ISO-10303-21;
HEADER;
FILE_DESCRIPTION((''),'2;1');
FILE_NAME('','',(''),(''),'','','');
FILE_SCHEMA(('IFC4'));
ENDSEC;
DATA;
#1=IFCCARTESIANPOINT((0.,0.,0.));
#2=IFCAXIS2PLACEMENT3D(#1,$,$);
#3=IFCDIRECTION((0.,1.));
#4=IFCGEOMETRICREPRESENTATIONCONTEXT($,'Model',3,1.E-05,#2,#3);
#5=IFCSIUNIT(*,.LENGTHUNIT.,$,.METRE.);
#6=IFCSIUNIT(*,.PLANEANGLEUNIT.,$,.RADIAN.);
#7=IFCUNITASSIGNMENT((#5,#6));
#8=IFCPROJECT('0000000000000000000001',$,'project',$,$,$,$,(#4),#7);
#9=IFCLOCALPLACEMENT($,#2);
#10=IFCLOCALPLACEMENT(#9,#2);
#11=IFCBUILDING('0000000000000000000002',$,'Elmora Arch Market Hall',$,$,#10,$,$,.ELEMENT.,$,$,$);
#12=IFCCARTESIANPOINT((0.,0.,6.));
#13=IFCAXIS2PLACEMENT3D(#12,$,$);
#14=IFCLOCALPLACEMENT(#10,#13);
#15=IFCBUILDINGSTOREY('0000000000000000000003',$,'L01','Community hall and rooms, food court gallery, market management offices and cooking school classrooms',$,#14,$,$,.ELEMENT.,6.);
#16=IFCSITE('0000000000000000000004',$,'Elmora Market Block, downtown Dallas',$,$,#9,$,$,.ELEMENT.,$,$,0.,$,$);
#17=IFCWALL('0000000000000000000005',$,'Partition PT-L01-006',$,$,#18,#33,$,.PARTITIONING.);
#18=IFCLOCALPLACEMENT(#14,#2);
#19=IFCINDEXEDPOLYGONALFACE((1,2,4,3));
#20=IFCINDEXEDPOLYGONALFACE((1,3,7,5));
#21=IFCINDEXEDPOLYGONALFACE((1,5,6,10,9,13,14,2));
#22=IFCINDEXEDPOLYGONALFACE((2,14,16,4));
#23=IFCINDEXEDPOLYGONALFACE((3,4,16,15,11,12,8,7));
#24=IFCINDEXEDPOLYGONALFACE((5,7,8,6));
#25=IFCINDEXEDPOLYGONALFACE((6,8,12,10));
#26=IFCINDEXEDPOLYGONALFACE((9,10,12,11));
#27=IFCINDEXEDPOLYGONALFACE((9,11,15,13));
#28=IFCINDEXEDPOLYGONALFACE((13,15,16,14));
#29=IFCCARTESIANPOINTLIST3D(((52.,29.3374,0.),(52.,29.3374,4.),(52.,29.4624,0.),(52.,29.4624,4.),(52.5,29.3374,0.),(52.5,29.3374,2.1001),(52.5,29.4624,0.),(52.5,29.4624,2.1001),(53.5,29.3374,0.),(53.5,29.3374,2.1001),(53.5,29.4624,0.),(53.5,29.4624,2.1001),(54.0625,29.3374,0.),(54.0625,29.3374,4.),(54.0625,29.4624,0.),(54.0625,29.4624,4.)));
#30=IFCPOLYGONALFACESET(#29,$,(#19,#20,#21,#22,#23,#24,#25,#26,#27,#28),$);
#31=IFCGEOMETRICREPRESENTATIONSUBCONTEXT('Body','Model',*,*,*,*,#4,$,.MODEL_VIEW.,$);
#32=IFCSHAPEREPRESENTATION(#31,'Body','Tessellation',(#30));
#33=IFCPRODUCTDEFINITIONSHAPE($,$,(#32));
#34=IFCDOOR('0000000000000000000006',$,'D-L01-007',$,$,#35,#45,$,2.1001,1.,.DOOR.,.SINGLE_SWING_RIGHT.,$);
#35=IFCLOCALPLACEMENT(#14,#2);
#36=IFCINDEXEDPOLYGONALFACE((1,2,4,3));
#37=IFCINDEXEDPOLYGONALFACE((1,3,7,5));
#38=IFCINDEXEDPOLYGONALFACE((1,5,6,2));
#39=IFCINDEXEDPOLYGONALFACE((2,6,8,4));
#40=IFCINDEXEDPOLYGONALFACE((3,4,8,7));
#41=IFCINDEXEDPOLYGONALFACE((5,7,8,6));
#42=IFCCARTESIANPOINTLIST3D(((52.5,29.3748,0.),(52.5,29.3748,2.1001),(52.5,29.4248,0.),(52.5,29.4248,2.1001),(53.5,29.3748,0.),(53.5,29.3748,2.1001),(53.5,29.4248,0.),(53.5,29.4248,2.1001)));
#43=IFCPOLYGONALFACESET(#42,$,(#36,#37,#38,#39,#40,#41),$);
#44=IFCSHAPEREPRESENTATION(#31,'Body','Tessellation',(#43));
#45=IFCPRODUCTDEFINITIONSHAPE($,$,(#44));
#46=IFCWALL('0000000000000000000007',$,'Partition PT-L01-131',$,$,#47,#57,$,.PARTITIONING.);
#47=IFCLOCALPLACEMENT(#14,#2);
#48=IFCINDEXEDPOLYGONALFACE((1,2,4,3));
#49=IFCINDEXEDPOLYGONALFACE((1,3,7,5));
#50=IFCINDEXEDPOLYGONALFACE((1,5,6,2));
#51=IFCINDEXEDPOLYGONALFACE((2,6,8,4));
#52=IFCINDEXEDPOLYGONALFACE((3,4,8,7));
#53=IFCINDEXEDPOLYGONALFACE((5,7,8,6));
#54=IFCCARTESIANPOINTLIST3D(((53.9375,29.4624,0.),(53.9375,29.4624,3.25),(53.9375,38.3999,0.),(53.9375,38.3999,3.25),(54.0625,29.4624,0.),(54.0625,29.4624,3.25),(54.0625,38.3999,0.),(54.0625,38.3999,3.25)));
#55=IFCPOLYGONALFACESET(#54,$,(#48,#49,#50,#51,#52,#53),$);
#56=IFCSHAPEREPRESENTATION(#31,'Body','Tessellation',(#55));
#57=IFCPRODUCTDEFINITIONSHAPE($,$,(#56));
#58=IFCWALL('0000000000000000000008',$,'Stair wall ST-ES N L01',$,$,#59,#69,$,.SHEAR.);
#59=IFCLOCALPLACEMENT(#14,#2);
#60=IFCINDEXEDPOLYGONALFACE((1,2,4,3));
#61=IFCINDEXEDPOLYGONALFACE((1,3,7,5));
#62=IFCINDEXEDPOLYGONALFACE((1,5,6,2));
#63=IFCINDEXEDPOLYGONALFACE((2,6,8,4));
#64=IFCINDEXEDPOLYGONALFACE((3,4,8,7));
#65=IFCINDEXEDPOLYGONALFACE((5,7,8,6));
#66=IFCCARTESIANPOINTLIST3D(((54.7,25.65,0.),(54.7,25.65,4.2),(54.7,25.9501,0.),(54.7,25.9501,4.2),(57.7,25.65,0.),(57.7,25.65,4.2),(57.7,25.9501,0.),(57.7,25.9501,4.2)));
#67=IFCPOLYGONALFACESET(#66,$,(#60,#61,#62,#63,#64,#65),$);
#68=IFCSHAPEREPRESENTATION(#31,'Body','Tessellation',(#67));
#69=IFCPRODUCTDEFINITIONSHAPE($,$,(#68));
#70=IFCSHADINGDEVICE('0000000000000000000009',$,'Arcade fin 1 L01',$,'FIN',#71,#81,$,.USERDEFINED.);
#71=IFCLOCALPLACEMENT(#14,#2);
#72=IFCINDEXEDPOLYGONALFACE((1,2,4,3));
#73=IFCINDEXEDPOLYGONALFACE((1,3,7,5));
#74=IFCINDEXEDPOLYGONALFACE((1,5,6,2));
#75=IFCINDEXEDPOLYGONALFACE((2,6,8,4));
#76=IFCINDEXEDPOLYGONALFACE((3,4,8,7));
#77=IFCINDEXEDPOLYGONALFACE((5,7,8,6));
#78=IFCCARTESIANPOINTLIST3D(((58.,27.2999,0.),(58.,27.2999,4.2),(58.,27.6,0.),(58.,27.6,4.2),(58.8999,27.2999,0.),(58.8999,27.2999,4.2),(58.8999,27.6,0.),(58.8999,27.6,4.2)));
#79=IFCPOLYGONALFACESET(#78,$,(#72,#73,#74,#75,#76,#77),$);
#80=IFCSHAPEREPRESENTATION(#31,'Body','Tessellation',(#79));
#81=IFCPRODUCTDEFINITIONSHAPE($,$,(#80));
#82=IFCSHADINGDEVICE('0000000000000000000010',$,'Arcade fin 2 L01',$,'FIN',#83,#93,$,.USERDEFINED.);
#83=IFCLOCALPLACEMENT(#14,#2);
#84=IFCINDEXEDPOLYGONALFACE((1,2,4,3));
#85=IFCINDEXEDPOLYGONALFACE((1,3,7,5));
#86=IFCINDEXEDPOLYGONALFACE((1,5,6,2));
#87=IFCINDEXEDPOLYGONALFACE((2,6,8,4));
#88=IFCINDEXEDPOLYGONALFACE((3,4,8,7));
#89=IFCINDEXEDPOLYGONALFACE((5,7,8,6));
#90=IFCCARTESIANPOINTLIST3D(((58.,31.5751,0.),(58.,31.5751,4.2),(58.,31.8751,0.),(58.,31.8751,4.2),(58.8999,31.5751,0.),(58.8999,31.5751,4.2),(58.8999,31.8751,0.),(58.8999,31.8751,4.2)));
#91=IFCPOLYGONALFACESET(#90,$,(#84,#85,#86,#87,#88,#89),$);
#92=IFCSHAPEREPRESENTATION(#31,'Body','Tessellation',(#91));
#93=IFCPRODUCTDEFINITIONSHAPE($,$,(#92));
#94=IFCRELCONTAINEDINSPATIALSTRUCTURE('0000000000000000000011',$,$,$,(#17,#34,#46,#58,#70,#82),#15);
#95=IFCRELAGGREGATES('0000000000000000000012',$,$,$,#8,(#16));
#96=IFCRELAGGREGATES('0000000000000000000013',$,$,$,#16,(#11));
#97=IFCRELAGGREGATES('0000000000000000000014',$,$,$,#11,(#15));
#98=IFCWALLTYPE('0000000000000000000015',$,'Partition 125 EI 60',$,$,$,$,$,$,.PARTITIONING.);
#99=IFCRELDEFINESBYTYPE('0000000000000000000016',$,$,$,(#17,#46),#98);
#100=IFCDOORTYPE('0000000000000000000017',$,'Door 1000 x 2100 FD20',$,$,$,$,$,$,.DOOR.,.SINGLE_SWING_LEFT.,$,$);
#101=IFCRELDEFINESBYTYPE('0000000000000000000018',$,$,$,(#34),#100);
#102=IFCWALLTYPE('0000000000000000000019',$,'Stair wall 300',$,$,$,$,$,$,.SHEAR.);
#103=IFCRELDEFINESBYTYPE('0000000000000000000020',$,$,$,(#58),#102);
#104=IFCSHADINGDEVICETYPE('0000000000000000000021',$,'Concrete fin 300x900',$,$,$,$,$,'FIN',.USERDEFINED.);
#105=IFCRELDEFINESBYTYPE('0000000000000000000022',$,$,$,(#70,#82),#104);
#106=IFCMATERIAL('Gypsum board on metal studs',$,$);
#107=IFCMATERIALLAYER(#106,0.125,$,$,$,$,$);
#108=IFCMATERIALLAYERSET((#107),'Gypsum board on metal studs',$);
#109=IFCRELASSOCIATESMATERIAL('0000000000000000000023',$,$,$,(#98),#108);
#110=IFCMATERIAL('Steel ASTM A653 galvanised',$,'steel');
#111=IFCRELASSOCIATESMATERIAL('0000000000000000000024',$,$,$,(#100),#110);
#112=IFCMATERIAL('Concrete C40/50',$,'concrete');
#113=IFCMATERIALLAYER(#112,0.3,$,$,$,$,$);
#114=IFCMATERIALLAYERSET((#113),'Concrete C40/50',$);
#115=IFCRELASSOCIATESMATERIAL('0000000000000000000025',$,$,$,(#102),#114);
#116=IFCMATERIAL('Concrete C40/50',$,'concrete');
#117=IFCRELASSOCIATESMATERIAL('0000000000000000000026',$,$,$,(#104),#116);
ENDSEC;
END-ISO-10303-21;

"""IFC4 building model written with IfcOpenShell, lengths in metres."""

from ifc_helpers import new_model, si_unit, direction, frame, frame_2d, origin, origin_2d, place, context, subcontext, project, spatial, rectangle, extrude, material, layer, layer_set, type_object, element, fill, save


model = new_model("IFC4")

# Units and contexts
model_context = context("Model", 3, precision=1e-05, world=origin(), true_north=direction((0.0, 1.0)))
body_context = subcontext(model_context, "Body", "Model", "MODEL_VIEW")
ifc_project = project(units=[si_unit("LENGTHUNIT", "METRE"), si_unit("PLANEANGLEUNIT", "RADIAN")], contexts=[model_context])

# Site, building, storey
site_placement = place(None, origin())
site = spatial("IfcSite", under=ifc_project, at=site_placement, Name="Elmora Market Block, downtown Dallas", CompositionType="ELEMENT", RefElevation=0.0)
building_placement = place(site_placement, origin())
building = spatial("IfcBuilding", under=site, at=building_placement, Name="Elmora Arch Market Hall", CompositionType="ELEMENT")
storey_placement = place(building_placement, frame((0.0, 0.0, 6.0)))
storey = spatial("IfcBuildingStorey", under=building, at=storey_placement, Name="L01", Description="Community hall and rooms, food court gallery, market management offices and cooking school classrooms", CompositionType="ELEMENT", Elevation=6.0)

# Wall, opening, door
ifc_material_1 = material(Name="Gypsum board on metal studs")
ifc_layer_1 = layer(ifc_material_1, 0.125)
ifc_layer_set_1 = layer_set([ifc_layer_1], Name="Gypsum board on metal studs")
wall_type_1 = type_object("IfcWallType", Name="Partition 125 EI 60", PredefinedType="PARTITIONING", material=ifc_layer_set_1)
wall_1_placement = place(storey_placement, frame((52.0, 29.3999, 0.0), z_axis=(0.0, 0.0, 1.0), x_axis=(1.0, 0.0, 0.0)))
wall_1 = element("IfcWall", 1, at=wall_1_placement, inside=storey, type_object=wall_type_1, Name="Partition PT-L01-006", PredefinedType="PARTITIONING", context=body_context, shape_type="SweptSolid", body=[
    extrude(rectangle(XDim=2.0625, YDim=0.125, at=frame_2d((1.0312, 0.0))), origin(), (0.0, 0.0, 1.0), 4.0),
])
opening_1_placement = place(wall_1_placement, frame((0.5, 0.0, 0.0)))
opening_1 = element("IfcOpeningElement", 2, at=opening_1_placement, cuts=wall_1, PredefinedType="OPENING", context=body_context, shape_type="SweptSolid", body=[
    extrude(rectangle(XDim=1.0, YDim=2.1001, at=frame_2d((0.5, 1.05))), frame((0.0, 0.0725, 0.0), z_axis=(0.0, -1.0, 0.0), x_axis=(1.0, 0.0, 0.0)), (0.0, 0.0, 1.0), 0.145),
])
ifc_material_2 = material(Name="Steel ASTM A653 galvanised", Category="steel")
door_type_1 = type_object("IfcDoorType", Name="Door 1000 x 2100 FD20", OperationType="SINGLE_SWING_LEFT", PredefinedType="DOOR", material=ifc_material_2)
door_1_placement = place(opening_1_placement, origin())
door_1 = element("IfcDoor", 3, at=door_1_placement, inside=storey, type_object=door_type_1, Name="D-L01-007", OperationType="SINGLE_SWING_RIGHT", OverallHeight=2.1001, OverallWidth=1.0, PredefinedType="DOOR", context=body_context, shape_type="SweptSolid", body=[
    extrude(rectangle(XDim=1.0, YDim=2.1001, at=frame_2d((0.5, 1.05))), frame((0.0, 0.0249, 0.0), z_axis=(0.0, -1.0, 0.0), x_axis=(1.0, 0.0, 0.0)), (0.0, 0.0, 1.0), 0.05),
])
fill(opening_1, door_1)

# Walls
wall_2_placement = place(storey_placement, frame((54.0, 29.4624, 0.0), z_axis=(0.0, 0.0, 1.0), x_axis=(0.0, 1.0, 0.0)))
element("IfcWall", 4, at=wall_2_placement, inside=storey, type_object=wall_type_1, Name="Partition PT-L01-131", PredefinedType="PARTITIONING", context=body_context, shape_type="SweptSolid", body=[
    extrude(rectangle(XDim=8.9375, YDim=0.125, at=frame_2d((4.4688, 0.0))), origin(), (0.0, 0.0, 1.0), 3.25),
])
ifc_material_3 = material(Name="Concrete C40/50", Category="concrete")
ifc_layer_2 = layer(ifc_material_3, 0.3)
ifc_layer_set_2 = layer_set([ifc_layer_2], Name="Concrete C40/50")
wall_type_2 = type_object("IfcWallType", Name="Stair wall 300", PredefinedType="SHEAR", material=ifc_layer_set_2)
wall_3_placement = place(storey_placement, frame((54.7, 25.8, 0.0), z_axis=(0.0, 0.0, 1.0), x_axis=(1.0, 0.0, 0.0)))
element("IfcWall", 5, at=wall_3_placement, inside=storey, type_object=wall_type_2, Name="Stair wall ST-ES N L01", PredefinedType="SHEAR", context=body_context, shape_type="SweptSolid", body=[
    extrude(rectangle(XDim=3.0, YDim=0.3, at=frame_2d((1.5, 0.0))), origin(), (0.0, 0.0, 1.0), 4.2),
])

# Shading devices
ifc_material_4 = material(Name="Concrete C40/50", Category="concrete")
shading_device_type = type_object("IfcShadingDeviceType", Name="Concrete fin 300x900", ElementType="FIN", PredefinedType="USERDEFINED", material=ifc_material_4)
for number, where, z_axis, x_axis, name in (
    (6, (58.45, 27.45, 0.0), (0.0, 0.0, 1.0), (1.0, 0.0, 0.0), "Arcade fin 1 L01"),
    (7, (58.45, 31.7251, 0.0), (0.0, 0.0, 1.0), (1.0, 0.0, 0.0), "Arcade fin 2 L01"),
):
    element("IfcShadingDevice", number, at=place(storey_placement, frame(where, z_axis=z_axis, x_axis=x_axis)), inside=storey, type_object=shading_device_type, Name=name, ObjectType="FIN", PredefinedType="USERDEFINED", context=body_context, shape_type="SweptSolid", body=[
        extrude(rectangle(XDim=0.8999, YDim=0.3, at=origin_2d()), origin(), (0.0, 0.0, 1.0), 4.2),
    ])

save(model, "model.ifc")
